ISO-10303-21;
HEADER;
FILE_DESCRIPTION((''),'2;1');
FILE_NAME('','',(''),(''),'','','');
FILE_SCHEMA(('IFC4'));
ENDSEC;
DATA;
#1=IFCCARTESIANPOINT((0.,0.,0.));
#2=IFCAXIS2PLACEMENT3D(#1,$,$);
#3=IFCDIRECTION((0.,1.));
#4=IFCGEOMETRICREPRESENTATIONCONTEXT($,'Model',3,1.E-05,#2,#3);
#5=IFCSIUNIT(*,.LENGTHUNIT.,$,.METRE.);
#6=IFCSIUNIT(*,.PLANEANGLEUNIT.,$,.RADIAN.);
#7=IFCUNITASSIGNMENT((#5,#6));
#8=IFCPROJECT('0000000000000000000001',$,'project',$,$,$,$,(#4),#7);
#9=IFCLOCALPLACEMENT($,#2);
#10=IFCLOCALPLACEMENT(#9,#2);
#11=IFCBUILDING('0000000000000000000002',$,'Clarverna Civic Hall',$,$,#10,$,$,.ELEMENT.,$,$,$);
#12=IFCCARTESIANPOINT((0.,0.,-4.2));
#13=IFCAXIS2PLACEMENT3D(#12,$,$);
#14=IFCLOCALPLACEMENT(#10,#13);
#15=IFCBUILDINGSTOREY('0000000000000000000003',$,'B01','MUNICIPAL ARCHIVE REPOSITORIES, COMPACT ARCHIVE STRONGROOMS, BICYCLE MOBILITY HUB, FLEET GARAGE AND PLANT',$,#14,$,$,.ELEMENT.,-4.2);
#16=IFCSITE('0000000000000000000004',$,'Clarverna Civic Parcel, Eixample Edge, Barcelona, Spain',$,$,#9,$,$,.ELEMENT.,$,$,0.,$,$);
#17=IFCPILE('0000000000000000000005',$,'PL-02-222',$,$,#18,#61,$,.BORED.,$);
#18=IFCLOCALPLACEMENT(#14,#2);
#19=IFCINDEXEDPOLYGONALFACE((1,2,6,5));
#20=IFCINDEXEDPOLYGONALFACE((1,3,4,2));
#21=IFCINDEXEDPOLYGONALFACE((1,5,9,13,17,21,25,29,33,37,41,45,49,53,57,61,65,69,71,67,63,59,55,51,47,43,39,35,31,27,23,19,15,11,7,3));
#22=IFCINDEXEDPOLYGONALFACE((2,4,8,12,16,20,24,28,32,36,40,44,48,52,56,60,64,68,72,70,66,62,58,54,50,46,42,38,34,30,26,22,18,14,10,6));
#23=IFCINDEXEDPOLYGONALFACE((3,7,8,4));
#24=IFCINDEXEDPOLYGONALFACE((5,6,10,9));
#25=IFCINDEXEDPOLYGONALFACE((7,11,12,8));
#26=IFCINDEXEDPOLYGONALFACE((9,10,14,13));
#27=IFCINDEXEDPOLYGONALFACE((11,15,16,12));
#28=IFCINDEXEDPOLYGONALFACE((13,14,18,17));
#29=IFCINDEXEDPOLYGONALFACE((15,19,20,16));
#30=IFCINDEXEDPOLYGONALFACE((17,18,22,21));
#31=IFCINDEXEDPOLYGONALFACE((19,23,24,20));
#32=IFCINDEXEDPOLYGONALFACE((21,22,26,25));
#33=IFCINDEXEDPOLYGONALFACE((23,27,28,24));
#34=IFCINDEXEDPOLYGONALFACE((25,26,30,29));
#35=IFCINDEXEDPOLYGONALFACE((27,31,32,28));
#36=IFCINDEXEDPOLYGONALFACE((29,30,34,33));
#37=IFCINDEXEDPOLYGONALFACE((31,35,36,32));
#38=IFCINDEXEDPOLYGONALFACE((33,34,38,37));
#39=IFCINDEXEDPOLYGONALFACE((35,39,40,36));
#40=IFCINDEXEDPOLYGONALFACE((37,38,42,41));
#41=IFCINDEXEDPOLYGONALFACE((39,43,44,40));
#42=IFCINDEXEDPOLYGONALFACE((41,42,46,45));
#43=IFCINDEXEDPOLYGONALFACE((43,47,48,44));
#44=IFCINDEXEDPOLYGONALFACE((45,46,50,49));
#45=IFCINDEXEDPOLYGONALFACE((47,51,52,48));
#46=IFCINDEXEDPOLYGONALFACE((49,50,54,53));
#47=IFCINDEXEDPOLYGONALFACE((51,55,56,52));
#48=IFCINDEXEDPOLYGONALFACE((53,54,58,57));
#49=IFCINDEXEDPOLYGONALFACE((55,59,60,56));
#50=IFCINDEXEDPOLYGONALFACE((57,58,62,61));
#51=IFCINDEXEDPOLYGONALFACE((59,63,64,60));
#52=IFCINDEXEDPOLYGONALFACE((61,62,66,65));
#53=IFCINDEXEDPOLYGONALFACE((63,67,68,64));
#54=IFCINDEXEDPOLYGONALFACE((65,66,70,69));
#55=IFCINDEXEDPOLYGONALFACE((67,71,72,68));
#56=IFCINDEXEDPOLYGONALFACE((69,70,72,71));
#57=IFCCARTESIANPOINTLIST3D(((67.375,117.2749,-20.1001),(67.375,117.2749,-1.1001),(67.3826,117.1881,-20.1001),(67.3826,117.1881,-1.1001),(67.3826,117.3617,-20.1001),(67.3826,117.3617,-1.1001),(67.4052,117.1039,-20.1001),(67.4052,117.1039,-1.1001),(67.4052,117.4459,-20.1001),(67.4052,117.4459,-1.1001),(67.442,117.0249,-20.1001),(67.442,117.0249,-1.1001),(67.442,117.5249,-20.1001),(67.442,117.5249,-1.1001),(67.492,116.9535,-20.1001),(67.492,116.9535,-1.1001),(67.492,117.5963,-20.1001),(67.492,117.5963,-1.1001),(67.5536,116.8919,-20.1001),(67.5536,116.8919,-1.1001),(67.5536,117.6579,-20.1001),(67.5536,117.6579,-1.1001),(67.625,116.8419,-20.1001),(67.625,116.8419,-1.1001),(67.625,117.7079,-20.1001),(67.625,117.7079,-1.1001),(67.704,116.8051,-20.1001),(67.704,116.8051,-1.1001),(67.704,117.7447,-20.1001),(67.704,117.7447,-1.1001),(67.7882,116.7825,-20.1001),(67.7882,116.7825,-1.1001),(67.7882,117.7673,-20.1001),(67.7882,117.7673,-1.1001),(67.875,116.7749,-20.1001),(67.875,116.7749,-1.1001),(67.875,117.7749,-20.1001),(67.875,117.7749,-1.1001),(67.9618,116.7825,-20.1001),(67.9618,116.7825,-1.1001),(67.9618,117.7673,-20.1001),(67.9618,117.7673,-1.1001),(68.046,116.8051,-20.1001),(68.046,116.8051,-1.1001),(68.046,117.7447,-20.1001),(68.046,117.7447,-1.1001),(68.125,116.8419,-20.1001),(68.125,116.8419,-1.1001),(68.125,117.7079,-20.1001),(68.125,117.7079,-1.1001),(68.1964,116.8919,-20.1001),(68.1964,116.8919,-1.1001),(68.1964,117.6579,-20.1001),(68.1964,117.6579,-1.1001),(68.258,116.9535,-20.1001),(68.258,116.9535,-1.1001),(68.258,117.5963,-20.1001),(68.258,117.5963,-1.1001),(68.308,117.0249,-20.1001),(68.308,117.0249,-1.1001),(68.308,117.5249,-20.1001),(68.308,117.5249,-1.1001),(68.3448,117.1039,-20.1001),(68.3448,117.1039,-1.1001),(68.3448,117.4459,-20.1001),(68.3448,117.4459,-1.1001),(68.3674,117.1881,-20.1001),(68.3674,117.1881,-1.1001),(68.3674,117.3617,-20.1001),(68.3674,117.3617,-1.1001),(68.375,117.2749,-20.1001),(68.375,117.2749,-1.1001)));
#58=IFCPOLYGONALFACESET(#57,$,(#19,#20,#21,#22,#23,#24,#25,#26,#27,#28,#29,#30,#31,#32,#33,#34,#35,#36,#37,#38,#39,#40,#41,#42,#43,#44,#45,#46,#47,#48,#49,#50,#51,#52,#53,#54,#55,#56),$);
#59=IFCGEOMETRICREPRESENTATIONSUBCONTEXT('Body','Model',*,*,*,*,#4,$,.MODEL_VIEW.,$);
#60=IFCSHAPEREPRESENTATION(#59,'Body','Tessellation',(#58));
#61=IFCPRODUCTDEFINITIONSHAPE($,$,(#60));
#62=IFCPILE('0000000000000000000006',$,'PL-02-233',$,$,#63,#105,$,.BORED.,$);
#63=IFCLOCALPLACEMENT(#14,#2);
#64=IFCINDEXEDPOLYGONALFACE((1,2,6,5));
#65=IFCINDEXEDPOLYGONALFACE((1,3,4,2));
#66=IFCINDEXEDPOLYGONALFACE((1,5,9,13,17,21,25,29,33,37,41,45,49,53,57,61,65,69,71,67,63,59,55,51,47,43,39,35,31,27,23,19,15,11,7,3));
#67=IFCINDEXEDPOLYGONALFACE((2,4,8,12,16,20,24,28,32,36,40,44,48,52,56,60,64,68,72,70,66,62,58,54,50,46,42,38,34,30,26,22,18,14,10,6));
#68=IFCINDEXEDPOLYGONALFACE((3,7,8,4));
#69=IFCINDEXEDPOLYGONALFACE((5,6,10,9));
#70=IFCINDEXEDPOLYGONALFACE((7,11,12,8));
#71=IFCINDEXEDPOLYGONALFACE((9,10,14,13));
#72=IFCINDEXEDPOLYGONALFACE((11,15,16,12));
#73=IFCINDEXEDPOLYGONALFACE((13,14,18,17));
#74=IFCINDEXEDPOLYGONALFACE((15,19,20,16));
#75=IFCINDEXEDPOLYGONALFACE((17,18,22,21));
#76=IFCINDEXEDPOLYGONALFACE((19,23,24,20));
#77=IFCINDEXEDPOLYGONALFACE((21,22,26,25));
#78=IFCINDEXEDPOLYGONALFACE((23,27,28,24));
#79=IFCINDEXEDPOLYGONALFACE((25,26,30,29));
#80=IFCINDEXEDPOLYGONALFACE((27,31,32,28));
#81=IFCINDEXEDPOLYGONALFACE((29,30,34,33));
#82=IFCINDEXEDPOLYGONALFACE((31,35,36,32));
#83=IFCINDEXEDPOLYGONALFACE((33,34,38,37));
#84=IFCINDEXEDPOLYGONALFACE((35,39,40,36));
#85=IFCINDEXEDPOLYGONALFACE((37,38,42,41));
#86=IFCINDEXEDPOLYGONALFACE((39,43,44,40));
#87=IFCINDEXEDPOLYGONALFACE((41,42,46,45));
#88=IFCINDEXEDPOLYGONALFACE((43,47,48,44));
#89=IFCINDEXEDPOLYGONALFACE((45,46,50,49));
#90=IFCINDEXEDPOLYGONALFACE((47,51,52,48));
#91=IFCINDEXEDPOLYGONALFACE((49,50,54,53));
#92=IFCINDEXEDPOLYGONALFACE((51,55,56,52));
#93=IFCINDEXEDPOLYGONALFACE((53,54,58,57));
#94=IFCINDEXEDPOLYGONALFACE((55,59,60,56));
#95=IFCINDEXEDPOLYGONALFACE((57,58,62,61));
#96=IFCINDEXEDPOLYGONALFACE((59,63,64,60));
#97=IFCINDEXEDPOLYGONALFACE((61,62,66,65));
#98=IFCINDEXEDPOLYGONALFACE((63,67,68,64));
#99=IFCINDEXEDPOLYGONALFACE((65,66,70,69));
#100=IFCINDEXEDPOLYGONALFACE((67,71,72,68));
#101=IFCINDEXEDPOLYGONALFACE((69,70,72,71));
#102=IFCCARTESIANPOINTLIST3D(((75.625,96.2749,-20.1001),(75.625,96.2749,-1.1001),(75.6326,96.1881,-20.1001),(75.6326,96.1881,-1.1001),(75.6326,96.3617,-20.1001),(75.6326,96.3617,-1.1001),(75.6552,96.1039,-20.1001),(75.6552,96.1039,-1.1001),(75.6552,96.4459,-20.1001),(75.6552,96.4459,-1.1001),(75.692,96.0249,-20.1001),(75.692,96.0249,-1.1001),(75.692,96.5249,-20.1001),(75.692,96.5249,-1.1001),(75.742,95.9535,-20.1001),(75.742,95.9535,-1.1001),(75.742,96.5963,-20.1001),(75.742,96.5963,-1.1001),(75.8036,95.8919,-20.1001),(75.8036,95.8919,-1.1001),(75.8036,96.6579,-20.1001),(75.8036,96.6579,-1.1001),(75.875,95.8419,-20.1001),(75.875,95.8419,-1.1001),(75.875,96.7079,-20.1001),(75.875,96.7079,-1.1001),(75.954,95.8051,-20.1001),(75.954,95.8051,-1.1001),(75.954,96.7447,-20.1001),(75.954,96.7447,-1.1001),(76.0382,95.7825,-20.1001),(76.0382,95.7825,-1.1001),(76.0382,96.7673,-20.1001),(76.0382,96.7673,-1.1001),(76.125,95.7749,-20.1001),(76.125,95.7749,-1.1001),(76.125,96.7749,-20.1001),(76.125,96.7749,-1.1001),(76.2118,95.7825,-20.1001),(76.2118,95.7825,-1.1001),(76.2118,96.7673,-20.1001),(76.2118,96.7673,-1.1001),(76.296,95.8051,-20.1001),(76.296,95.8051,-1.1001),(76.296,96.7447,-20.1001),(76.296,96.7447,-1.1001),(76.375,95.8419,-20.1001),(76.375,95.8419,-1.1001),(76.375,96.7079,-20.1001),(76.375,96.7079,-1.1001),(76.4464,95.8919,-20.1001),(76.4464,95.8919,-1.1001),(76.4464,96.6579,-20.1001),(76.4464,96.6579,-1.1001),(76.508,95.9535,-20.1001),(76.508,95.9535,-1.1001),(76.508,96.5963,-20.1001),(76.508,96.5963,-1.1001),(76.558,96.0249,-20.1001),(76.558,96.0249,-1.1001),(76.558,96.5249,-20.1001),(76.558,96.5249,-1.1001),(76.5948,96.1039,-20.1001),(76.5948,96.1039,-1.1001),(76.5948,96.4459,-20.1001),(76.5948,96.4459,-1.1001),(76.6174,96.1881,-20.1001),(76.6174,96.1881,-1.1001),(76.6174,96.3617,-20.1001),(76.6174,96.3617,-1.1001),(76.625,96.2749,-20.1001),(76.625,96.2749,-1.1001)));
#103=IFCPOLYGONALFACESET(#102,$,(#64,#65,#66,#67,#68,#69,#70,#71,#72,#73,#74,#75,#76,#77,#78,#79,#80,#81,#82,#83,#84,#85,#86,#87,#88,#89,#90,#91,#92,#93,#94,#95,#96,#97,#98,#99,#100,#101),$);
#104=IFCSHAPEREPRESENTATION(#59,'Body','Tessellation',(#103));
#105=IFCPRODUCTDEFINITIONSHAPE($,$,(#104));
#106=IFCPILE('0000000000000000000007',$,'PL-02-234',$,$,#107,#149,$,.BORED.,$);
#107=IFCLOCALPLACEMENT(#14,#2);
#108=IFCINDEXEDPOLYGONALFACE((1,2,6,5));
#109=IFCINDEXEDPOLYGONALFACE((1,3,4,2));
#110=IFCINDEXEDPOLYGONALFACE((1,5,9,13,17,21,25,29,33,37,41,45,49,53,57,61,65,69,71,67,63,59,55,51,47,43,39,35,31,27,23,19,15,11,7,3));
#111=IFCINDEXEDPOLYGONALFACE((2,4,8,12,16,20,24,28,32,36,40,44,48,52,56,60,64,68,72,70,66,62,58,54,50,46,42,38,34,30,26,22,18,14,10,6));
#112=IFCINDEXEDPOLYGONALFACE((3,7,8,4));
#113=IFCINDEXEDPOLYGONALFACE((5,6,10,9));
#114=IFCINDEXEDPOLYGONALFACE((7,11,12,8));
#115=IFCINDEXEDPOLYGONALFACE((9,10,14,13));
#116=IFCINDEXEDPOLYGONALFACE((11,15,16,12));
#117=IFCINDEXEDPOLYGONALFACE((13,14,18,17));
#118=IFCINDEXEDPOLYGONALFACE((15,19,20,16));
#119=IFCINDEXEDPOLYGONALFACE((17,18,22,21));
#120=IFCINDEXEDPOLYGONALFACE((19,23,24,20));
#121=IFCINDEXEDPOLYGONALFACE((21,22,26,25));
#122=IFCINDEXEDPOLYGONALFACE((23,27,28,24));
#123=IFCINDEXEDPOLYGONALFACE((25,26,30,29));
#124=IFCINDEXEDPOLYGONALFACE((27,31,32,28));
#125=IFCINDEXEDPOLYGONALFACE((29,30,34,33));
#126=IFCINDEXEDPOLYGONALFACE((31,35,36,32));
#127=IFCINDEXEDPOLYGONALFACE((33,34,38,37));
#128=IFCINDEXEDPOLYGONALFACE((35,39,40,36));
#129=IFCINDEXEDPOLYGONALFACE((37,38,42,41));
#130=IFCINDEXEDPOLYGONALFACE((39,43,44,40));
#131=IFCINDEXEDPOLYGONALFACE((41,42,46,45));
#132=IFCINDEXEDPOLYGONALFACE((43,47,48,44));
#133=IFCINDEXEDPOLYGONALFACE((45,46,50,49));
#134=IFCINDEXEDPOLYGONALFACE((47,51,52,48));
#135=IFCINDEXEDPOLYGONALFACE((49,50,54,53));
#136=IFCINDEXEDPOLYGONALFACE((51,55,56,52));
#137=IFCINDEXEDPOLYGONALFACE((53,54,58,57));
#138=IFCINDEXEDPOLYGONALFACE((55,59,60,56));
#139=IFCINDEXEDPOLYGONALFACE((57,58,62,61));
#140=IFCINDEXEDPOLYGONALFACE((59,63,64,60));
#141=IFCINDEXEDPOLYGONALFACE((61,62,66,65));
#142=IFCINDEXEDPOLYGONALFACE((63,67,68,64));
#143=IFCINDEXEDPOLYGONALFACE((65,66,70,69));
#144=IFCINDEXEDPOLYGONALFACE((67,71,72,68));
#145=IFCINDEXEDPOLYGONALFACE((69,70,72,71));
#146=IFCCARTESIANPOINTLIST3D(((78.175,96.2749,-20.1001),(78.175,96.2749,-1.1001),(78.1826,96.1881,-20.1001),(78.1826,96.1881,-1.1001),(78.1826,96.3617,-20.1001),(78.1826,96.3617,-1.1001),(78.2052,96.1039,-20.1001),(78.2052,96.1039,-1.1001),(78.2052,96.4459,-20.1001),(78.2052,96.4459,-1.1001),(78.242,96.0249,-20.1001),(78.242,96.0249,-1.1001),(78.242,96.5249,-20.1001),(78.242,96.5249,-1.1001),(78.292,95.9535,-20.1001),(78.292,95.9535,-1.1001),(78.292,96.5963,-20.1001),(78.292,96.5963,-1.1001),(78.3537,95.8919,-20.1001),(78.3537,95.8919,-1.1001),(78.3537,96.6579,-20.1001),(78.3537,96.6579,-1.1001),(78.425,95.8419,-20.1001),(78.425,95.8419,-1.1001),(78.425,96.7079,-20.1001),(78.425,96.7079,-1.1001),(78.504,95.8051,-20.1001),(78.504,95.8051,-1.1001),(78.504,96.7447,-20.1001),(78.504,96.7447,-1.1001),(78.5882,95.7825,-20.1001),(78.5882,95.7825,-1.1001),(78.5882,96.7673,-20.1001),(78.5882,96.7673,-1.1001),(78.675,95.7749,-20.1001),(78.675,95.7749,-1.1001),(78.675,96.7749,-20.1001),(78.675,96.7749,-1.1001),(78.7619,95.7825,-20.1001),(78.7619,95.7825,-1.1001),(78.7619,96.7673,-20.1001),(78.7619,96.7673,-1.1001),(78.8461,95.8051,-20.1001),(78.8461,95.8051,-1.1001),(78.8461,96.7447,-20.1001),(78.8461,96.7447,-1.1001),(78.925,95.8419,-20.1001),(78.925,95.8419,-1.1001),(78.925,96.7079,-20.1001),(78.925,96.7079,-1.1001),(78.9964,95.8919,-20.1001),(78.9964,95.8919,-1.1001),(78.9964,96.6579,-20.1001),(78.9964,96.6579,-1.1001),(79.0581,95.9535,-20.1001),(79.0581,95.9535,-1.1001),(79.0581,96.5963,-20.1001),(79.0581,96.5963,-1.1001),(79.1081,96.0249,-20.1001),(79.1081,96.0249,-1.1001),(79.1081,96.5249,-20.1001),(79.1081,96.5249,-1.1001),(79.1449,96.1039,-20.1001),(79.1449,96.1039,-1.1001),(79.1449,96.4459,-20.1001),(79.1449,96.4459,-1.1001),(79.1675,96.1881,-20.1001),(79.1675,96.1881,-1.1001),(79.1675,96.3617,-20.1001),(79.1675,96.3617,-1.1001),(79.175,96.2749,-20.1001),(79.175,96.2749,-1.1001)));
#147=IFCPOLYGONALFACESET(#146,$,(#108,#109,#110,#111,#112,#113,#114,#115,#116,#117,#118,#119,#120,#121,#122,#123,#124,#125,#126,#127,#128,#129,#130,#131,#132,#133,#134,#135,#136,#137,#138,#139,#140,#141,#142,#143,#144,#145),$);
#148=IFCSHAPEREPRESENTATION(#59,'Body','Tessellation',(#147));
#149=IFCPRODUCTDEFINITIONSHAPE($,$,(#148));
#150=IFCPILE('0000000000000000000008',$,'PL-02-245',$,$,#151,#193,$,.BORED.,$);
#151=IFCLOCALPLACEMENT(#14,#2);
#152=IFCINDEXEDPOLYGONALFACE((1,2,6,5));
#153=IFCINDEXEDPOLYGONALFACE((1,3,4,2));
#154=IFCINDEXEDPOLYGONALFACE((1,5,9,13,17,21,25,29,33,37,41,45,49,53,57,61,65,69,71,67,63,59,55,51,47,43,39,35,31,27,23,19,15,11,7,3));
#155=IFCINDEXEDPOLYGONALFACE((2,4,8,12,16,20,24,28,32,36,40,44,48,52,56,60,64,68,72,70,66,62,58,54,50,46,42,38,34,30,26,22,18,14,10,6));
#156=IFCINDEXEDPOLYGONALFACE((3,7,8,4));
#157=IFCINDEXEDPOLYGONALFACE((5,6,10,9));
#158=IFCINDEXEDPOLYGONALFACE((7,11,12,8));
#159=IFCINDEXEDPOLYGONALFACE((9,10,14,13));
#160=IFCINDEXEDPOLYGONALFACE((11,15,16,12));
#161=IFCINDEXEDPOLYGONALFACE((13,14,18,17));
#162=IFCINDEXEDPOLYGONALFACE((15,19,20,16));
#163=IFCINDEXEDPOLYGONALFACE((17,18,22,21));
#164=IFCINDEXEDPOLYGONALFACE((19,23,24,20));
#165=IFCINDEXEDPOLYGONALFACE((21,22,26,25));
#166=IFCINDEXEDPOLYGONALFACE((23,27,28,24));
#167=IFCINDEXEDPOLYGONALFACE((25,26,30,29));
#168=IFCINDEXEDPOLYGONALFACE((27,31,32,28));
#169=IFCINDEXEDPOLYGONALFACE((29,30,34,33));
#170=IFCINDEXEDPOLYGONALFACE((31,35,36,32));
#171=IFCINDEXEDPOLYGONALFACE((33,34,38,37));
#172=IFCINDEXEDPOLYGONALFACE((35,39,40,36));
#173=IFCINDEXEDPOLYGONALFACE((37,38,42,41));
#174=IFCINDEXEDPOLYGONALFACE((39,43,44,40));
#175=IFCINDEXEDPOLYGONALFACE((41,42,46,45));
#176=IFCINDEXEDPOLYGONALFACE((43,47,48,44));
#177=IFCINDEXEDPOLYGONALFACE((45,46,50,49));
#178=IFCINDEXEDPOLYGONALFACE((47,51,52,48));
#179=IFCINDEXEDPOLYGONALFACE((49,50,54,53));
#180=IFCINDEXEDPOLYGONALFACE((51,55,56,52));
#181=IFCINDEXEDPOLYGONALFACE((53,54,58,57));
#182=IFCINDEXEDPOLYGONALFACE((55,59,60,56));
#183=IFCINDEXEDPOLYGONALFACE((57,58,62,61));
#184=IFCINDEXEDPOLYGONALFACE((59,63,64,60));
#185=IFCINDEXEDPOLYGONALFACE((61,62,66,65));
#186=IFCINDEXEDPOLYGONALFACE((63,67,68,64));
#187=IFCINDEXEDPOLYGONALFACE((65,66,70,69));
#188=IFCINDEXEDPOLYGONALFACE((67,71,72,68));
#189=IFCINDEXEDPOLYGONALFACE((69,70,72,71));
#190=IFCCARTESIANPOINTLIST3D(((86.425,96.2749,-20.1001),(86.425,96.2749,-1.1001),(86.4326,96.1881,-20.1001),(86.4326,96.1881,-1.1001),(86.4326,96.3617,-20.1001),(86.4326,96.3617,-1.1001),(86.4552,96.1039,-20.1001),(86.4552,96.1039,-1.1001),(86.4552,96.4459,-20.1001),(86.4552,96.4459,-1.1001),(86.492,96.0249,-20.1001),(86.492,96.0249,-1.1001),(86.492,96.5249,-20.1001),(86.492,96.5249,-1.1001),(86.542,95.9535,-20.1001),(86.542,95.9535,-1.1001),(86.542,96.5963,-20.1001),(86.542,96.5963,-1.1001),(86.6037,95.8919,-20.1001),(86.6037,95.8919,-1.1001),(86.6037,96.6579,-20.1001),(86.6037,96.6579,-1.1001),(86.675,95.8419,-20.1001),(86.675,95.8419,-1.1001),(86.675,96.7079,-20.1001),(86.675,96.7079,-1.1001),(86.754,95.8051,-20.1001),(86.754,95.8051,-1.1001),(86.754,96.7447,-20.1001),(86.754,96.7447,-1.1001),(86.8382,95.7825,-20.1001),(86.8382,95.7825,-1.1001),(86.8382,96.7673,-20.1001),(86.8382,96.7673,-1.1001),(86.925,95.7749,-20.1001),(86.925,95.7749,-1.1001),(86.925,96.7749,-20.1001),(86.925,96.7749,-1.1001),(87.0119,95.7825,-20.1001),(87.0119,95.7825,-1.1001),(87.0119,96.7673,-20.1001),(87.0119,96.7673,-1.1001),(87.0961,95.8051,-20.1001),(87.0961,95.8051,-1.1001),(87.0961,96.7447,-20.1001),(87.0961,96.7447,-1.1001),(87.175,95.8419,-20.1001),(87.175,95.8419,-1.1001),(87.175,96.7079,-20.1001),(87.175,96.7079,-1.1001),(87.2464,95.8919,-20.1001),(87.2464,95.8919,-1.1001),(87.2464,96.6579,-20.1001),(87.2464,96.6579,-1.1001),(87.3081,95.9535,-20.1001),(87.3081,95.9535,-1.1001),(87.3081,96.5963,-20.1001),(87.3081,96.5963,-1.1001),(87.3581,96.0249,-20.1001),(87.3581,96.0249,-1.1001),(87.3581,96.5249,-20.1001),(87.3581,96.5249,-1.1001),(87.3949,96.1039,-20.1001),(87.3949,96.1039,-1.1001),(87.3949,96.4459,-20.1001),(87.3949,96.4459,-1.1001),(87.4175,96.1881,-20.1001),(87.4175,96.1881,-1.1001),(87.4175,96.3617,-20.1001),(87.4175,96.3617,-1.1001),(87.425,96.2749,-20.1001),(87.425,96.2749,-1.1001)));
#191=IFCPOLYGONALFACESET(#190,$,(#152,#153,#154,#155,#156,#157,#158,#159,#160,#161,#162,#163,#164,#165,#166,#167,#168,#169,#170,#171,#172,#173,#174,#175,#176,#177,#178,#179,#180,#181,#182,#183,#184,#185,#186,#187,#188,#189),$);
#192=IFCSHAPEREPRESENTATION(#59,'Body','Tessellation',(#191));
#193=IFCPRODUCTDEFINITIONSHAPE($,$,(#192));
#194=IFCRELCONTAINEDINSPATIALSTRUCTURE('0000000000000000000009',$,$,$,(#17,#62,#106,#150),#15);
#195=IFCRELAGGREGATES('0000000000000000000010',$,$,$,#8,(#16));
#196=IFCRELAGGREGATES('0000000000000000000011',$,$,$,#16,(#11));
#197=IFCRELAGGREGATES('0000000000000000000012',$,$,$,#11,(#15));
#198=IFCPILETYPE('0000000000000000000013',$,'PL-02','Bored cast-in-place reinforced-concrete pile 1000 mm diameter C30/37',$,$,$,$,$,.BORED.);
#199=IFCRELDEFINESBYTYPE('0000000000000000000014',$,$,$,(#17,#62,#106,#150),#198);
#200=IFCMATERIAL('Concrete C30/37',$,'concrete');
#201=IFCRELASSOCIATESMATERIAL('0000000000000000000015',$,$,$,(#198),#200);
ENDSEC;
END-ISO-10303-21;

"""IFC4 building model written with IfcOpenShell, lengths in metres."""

from ifc_helpers import new_model, si_unit, direction, frame, origin, origin_2d, place, context, subcontext, project, spatial, circle, extrude, material, material_profile, profile_set, type_object, element, save


model = new_model("IFC4")

# Units and contexts
model_context = context("Model", 3, precision=1e-05, world=origin(), true_north=direction((0.0, 1.0)))
body_context = subcontext(model_context, "Body", "Model", "MODEL_VIEW")
ifc_project = project(units=[si_unit("LENGTHUNIT", "METRE"), si_unit("PLANEANGLEUNIT", "RADIAN")], contexts=[model_context])

# Site, building, storey
site_placement = place(None, origin())
site = spatial("IfcSite", under=ifc_project, at=site_placement, Name="Clarverna Civic Parcel, Eixample Edge, Barcelona, Spain", CompositionType="ELEMENT", RefElevation=0.0)
building_placement = place(site_placement, origin())
building = spatial("IfcBuilding", under=site, at=building_placement, Name="Clarverna Civic Hall", CompositionType="ELEMENT")
storey_placement = place(building_placement, frame((0.0, 0.0, -4.2)))
storey = spatial("IfcBuildingStorey", under=building, at=storey_placement, Name="B01", Description="MUNICIPAL ARCHIVE REPOSITORIES, COMPACT ARCHIVE STRONGROOMS, BICYCLE MOBILITY HUB, FLEET GARAGE AND PLANT", CompositionType="ELEMENT", Elevation=-4.2)

# Shared definitions
ifc_material_1 = material(Name="Concrete C30/37", Category="concrete")

# Piles
ifc_material_profile_1 = material_profile(ifc_material_1, circle(Radius=0.5, at=origin_2d()), Name="BORED PILE D1000")
ifc_profile_set_1 = profile_set([ifc_material_profile_1], Name="Concrete C30/37")
pile_type = type_object("IfcPileType", Name="PL-02", Description="Bored cast-in-place reinforced-concrete pile 1000 mm diameter C30/37", PredefinedType="BORED", material=ifc_profile_set_1)
for number, where, z_axis, x_axis, name in (
    (1, (67.875, 117.2749, -1.1001), (0.0, 0.0, -1.0), (1.0, 0.0, 0.0), "PL-02-222"),
    (2, (76.125, 96.2749, -1.1001), (0.0, 0.0, -1.0), (1.0, 0.0, 0.0), "PL-02-233"),
    (3, (78.675, 96.2749, -1.1001), (0.0, 0.0, -1.0), (1.0, 0.0, 0.0), "PL-02-234"),
    (4, (86.925, 96.2749, -1.1001), (0.0, 0.0, -1.0), (1.0, 0.0, 0.0), "PL-02-245"),
):
    element("IfcPile", number, at=place(storey_placement, frame(where, z_axis=z_axis, x_axis=x_axis)), inside=storey, type_object=pile_type, Name=name, PredefinedType="BORED", context=body_context, shape_type="SweptSolid", body=[
        extrude(circle(Radius=0.5, at=origin_2d()), origin(), (0.0, 0.0, 1.0), 19.0),
    ])

save(model, "model.ifc")
